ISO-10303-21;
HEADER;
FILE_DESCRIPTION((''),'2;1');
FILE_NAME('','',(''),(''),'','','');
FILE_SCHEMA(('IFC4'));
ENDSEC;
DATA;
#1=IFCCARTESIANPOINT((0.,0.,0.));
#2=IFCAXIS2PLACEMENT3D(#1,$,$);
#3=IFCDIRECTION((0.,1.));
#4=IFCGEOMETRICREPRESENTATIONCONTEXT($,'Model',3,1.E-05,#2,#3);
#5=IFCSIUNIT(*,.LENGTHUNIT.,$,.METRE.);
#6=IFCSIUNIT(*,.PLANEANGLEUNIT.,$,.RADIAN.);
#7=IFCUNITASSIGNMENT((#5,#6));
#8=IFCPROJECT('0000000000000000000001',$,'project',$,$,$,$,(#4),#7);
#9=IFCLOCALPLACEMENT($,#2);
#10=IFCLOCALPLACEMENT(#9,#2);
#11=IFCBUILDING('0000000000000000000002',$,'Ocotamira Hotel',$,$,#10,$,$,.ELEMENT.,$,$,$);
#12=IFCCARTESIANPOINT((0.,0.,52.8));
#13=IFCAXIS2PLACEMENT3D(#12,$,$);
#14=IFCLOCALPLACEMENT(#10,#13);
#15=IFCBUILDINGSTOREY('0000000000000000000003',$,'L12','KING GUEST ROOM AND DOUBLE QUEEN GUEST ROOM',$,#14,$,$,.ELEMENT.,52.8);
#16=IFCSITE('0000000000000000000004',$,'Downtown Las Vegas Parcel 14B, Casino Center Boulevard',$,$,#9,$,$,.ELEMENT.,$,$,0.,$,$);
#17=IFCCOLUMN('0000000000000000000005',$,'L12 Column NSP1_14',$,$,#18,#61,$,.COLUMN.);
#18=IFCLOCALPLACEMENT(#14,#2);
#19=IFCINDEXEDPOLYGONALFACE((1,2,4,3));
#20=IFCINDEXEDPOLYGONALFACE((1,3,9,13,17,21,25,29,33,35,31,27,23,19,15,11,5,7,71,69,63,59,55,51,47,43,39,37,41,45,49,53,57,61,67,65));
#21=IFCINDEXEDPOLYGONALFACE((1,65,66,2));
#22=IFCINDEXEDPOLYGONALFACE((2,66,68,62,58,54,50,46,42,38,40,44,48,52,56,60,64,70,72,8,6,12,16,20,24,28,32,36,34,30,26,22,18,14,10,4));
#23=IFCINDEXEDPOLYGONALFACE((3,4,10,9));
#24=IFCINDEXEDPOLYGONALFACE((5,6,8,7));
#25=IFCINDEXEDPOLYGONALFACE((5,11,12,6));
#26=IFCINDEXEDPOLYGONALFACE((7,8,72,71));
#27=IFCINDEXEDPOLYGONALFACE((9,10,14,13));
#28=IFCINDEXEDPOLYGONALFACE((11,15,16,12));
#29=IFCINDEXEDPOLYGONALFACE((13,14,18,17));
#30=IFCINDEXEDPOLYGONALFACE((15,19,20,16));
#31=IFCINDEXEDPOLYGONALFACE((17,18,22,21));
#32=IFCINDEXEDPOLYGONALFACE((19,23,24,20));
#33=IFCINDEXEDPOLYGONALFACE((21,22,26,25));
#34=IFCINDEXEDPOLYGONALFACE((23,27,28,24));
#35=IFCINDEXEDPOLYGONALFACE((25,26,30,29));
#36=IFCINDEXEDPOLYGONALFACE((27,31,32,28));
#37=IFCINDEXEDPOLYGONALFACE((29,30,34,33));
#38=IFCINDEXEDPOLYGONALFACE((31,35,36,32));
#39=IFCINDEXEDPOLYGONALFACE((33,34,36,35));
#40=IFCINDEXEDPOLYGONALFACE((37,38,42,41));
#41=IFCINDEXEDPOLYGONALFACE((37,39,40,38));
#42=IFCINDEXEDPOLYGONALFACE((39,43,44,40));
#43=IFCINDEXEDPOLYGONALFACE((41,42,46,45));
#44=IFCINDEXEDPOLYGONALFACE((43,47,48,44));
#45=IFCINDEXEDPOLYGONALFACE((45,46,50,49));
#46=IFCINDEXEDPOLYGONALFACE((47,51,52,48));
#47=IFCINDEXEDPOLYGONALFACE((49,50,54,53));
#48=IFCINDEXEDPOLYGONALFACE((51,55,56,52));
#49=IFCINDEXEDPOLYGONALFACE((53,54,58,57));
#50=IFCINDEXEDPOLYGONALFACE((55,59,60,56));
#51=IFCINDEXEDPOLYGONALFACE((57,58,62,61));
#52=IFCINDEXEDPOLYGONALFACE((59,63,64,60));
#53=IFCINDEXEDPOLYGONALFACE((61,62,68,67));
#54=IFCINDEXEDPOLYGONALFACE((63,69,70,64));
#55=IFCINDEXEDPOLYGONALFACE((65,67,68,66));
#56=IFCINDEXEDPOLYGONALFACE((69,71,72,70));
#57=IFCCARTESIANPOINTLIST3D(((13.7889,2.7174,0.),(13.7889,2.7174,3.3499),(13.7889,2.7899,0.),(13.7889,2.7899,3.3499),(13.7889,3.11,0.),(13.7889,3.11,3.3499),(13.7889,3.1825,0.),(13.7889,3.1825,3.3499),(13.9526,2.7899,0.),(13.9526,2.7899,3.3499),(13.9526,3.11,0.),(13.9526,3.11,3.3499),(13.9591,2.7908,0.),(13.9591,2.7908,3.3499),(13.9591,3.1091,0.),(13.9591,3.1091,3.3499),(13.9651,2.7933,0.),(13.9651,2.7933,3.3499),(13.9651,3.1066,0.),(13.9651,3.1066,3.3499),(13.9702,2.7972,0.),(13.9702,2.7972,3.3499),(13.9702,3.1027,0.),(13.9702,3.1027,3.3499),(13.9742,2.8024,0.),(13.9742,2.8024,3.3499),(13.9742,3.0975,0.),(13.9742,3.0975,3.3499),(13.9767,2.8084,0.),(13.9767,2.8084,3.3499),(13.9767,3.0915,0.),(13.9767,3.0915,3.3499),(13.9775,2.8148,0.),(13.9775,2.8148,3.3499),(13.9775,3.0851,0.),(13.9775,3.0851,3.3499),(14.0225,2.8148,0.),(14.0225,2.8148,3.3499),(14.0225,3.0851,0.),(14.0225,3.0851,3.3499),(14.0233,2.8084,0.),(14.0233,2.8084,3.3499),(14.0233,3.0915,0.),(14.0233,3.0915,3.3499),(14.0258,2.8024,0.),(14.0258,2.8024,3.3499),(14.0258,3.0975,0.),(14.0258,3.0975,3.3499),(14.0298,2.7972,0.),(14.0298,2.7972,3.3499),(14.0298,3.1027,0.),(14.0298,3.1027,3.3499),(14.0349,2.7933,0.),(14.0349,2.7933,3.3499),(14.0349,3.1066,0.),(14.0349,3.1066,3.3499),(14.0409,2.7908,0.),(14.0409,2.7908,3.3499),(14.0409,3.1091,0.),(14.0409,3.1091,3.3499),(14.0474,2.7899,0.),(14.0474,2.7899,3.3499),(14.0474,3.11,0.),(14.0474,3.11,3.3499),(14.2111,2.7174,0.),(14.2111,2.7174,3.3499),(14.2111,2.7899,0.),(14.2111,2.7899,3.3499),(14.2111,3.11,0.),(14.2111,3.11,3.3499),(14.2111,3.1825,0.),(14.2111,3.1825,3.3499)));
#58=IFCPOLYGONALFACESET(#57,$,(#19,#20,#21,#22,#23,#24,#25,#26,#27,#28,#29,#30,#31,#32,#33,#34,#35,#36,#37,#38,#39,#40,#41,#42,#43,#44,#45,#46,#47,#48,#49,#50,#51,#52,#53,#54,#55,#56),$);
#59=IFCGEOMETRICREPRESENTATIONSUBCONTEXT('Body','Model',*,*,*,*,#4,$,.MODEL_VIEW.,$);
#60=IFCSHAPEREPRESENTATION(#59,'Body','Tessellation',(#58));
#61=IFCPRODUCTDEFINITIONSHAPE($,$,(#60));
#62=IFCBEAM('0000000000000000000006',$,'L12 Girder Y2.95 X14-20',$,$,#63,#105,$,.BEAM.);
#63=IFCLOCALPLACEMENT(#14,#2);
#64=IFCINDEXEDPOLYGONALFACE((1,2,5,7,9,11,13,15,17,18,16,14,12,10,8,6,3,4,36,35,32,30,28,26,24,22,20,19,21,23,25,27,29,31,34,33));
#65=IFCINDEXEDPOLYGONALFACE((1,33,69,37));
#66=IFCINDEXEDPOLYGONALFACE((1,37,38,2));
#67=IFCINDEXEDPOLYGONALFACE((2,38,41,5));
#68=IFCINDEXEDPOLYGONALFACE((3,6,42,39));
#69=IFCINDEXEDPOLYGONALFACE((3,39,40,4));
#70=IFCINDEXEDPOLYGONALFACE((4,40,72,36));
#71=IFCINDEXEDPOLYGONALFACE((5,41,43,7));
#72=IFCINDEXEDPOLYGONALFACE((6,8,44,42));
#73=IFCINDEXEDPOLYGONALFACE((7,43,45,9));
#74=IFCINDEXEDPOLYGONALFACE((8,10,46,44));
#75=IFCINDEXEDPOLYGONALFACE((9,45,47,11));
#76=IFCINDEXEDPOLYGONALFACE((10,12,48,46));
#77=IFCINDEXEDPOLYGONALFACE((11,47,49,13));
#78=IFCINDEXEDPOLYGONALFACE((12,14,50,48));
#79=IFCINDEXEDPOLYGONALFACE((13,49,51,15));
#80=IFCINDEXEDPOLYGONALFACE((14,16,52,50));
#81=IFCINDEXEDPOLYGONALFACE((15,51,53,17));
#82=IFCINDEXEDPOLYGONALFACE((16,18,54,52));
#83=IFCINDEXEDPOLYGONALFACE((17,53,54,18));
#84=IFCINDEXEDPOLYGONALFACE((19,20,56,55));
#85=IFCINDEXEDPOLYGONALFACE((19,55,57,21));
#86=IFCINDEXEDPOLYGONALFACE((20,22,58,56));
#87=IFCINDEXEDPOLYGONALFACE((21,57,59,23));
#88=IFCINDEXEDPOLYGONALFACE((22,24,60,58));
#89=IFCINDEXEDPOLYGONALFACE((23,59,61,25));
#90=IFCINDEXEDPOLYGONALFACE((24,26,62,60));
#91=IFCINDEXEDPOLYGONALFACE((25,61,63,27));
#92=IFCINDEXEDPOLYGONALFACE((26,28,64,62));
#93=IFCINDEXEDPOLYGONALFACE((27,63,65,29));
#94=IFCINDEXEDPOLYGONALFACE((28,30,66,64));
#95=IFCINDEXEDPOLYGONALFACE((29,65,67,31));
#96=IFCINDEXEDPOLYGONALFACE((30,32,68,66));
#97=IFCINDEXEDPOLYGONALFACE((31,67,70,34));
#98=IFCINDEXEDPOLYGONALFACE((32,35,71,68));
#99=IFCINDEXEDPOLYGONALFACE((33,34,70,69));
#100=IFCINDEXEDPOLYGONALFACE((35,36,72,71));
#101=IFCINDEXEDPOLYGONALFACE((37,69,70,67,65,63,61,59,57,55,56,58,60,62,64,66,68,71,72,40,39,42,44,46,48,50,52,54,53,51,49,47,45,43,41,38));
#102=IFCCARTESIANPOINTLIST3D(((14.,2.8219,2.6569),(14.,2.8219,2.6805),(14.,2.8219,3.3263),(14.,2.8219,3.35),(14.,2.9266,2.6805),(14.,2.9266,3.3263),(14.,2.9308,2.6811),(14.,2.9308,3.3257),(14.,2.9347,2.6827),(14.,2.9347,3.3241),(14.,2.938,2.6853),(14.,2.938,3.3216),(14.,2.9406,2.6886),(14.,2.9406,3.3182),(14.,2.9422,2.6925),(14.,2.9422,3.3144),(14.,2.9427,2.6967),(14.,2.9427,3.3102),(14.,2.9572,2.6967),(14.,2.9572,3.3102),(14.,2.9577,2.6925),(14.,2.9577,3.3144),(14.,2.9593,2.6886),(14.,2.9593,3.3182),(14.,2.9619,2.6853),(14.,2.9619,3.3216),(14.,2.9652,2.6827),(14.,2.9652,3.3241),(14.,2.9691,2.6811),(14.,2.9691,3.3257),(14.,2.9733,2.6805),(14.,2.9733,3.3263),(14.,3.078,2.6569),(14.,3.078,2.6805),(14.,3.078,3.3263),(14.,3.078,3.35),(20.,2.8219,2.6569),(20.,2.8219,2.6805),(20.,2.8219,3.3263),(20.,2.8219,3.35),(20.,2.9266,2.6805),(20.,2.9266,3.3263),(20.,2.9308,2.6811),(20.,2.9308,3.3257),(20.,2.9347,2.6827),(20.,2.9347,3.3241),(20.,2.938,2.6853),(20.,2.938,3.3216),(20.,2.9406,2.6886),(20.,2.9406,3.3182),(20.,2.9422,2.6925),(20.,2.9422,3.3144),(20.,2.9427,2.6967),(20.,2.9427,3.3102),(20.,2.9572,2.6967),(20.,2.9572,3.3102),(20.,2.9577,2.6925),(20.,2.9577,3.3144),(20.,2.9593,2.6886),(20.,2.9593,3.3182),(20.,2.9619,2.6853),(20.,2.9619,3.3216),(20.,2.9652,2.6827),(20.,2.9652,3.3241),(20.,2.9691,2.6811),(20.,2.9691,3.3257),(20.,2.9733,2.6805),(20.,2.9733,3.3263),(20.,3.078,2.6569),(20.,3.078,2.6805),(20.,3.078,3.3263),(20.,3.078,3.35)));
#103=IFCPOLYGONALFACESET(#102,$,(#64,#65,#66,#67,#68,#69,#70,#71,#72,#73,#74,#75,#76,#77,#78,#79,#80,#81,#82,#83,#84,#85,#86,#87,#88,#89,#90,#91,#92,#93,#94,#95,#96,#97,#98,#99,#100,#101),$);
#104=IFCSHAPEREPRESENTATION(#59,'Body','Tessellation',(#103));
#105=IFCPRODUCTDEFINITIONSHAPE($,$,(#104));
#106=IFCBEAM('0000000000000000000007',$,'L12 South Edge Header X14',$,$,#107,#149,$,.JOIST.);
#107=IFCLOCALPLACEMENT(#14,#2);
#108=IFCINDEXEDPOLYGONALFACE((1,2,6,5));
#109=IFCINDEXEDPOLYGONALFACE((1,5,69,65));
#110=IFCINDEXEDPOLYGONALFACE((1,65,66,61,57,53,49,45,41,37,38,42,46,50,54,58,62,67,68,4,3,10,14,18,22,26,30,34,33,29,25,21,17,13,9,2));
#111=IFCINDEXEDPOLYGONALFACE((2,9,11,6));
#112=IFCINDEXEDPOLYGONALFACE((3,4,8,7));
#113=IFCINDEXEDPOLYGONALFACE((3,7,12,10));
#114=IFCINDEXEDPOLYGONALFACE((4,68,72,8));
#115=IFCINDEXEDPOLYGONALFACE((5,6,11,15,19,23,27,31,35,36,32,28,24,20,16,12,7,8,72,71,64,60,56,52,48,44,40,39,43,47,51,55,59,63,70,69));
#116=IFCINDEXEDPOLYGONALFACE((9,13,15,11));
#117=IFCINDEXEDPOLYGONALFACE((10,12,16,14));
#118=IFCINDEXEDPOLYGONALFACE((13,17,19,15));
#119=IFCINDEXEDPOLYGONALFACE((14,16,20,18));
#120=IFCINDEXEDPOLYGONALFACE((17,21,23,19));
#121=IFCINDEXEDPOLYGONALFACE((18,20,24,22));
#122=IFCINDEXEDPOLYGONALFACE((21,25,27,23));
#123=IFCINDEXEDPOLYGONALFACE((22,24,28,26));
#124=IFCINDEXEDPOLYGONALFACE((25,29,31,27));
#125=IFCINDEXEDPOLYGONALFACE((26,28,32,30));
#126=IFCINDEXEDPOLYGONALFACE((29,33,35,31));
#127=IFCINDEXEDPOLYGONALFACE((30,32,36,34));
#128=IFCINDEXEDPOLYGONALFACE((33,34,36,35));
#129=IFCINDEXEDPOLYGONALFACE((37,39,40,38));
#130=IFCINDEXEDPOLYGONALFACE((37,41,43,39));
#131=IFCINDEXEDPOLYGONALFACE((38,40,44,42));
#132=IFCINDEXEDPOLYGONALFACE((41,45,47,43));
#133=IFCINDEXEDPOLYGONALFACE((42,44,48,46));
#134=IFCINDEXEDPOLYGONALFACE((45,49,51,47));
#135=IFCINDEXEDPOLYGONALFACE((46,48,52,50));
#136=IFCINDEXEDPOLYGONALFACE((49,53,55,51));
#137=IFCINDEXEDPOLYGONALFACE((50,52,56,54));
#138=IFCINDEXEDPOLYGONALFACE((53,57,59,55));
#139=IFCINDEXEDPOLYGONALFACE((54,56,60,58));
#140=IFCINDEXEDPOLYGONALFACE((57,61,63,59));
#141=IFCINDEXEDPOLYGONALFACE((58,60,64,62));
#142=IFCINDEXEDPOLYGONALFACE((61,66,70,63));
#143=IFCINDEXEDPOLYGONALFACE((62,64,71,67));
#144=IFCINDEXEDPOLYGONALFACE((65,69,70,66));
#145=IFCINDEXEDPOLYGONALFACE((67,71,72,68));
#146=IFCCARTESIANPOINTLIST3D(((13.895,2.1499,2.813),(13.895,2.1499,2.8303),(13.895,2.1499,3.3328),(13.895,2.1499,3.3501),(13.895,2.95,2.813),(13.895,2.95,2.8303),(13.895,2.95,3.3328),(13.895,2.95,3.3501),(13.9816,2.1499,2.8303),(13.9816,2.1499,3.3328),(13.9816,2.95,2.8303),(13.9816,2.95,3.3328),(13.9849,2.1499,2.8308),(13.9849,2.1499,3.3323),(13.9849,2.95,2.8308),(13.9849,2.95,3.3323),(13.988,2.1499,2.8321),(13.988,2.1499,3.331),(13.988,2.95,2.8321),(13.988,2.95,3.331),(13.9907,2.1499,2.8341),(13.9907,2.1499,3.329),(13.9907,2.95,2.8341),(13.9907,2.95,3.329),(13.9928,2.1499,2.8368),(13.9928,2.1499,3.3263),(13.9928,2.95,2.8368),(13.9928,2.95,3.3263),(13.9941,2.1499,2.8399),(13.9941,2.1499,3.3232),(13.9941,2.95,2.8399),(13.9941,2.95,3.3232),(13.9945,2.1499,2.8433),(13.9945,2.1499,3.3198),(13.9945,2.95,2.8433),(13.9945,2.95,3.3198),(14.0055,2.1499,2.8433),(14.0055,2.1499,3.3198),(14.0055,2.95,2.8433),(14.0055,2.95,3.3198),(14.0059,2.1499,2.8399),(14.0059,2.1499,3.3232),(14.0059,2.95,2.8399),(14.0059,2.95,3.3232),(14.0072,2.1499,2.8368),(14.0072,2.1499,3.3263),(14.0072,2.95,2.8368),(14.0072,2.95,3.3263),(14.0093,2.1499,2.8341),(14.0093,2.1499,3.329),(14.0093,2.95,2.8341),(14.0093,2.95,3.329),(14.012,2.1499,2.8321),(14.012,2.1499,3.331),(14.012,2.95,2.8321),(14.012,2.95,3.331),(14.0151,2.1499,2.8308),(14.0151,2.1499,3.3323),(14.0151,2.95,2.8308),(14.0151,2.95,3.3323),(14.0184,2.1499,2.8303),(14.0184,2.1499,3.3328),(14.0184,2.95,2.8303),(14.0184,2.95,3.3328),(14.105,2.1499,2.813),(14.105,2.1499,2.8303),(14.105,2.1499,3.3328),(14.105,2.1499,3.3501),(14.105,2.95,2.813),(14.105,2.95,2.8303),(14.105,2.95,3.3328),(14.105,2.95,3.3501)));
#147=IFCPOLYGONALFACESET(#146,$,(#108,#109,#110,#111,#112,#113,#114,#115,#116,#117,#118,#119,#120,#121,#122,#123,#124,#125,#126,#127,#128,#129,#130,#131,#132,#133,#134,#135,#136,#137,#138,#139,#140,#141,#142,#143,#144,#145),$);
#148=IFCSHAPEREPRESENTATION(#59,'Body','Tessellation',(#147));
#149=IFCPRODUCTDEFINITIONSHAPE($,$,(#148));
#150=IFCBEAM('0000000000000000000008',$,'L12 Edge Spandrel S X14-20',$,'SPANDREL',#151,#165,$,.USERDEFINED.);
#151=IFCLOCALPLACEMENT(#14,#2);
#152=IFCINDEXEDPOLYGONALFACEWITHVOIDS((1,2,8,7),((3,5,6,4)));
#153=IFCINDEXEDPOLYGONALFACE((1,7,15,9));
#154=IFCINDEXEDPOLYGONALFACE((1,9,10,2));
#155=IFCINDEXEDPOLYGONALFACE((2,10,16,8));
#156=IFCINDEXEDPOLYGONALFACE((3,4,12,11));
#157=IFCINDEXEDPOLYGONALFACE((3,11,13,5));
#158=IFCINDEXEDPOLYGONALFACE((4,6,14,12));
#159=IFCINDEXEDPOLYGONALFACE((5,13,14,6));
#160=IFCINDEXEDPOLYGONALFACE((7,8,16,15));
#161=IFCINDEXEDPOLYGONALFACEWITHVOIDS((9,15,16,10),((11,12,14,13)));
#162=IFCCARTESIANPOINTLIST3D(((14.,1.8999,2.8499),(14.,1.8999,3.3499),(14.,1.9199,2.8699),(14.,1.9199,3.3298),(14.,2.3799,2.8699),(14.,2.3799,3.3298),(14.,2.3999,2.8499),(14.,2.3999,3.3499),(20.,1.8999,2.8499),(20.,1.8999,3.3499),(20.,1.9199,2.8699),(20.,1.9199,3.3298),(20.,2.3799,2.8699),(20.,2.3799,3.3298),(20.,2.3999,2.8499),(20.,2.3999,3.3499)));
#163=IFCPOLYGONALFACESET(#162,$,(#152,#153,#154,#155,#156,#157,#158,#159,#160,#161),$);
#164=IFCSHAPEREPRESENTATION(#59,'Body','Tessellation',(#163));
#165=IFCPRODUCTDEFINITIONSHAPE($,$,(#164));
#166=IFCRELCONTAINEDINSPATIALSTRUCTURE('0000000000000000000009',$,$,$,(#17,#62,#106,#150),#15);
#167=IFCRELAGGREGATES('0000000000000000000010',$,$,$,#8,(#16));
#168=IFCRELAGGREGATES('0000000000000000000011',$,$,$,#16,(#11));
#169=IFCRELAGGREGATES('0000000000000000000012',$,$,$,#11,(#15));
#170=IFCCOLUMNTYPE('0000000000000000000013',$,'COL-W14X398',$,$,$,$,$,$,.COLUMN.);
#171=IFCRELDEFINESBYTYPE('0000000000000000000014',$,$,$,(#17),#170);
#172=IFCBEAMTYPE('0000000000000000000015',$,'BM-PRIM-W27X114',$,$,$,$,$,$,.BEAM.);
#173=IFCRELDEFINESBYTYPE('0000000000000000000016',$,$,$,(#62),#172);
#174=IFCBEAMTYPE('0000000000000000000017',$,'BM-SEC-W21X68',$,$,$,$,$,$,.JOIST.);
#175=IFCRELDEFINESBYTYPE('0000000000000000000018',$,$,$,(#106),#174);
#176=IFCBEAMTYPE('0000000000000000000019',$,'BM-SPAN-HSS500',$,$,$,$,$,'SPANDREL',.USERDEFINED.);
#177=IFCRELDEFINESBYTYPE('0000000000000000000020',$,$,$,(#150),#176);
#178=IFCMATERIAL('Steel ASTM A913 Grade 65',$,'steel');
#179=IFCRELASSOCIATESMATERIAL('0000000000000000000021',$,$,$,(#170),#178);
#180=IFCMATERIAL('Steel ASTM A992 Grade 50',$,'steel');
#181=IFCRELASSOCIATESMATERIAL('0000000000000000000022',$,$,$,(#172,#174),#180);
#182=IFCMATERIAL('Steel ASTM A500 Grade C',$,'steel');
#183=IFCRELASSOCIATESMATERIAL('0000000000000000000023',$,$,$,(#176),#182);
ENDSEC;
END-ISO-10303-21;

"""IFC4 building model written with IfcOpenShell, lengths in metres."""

from ifc_helpers import new_model, si_unit, direction, frame, origin, origin_2d, place, context, subcontext, project, spatial, hollow_rectangle, i_section, extrude, source, transform, mapped, material, material_profile, profile_set, type_object, element, save


model = new_model("IFC4")

# Units and contexts
model_context = context("Model", 3, precision=1e-05, world=origin(), true_north=direction((0.0, 1.0)))
body_context = subcontext(model_context, "Body", "Model", "MODEL_VIEW")
ifc_project = project(units=[si_unit("LENGTHUNIT", "METRE"), si_unit("PLANEANGLEUNIT", "RADIAN")], contexts=[model_context])

# Site, building, storey
site_placement = place(None, origin())
site = spatial("IfcSite", under=ifc_project, at=site_placement, Name="Downtown Las Vegas Parcel 14B, Casino Center Boulevard", CompositionType="ELEMENT", RefElevation=0.0)
building_placement = place(site_placement, origin())
building = spatial("IfcBuilding", under=site, at=building_placement, Name="Ocotamira Hotel", CompositionType="ELEMENT")
storey_placement = place(building_placement, frame((0.0, 0.0, 52.8)))
storey = spatial("IfcBuildingStorey", under=building, at=storey_placement, Name="L12", Description="KING GUEST ROOM AND DOUBLE QUEEN GUEST ROOM", CompositionType="ELEMENT", Elevation=52.8)

# Column
ifc_material_1 = material(Name="Steel ASTM A913 Grade 65", Category="steel")
ifc_material_profile_1 = material_profile(ifc_material_1, i_section(OverallWidth=0.4221, OverallDepth=0.4651, WebThickness=0.0449, FlangeThickness=0.0725, FilletRadius=0.0249, at=origin_2d()), Name="W14X398")
ifc_profile_set_1 = profile_set([ifc_material_profile_1], Name="Steel ASTM A913 Grade 65")
column_type = type_object("IfcColumnType", Name="COL-W14X398", PredefinedType="COLUMN", material=ifc_profile_set_1)
shared_shape_1 = source(origin(), body_context, "Body", "SweptSolid", [
    extrude(i_section(OverallWidth=0.4221, OverallDepth=0.4651, WebThickness=0.0449, FlangeThickness=0.0725, FilletRadius=0.0249, at=origin_2d()), origin(), (0.0, 0.0, 1.0), 3.3499),
])
column_placement = place(storey_placement, frame((14.0, 2.95, 0.0), z_axis=(0.0, 0.0, 1.0), x_axis=(1.0, 0.0, 0.0)))
element("IfcColumn", 1, at=column_placement, inside=storey, type_object=column_type, Name="L12 Column NSP1_14", PredefinedType="COLUMN", context=body_context, shape_type="MappedRepresentation", body=[
    mapped(shared_shape_1, transform((0.0, 0.0, 0.0), scale=1.0)),
])

# Beams
ifc_material_2 = material(Name="Steel ASTM A992 Grade 50", Category="steel")
ifc_material_profile_2 = material_profile(ifc_material_2, i_section(OverallWidth=0.2561, OverallDepth=0.6931, WebThickness=0.0144, FlangeThickness=0.0237, FilletRadius=0.0161, at=origin_2d()), Name="W27X114")
ifc_profile_set_2 = profile_set([ifc_material_profile_2], Name="Steel ASTM A992 Grade 50")
beam_type_1 = type_object("IfcBeamType", Name="BM-PRIM-W27X114", PredefinedType="BEAM", material=ifc_profile_set_2)
shared_shape_2 = source(origin(), body_context, "Body", "SweptSolid", [
    extrude(i_section(OverallWidth=0.2561, OverallDepth=0.6931, WebThickness=0.0144, FlangeThickness=0.0237, FilletRadius=0.0161, at=origin_2d()), origin(), (0.0, 0.0, 1.0), 6.0),
])
beam_1_placement = place(storey_placement, frame((14.0, 2.95, 3.0034), z_axis=(1.0, 0.0, 0.0), x_axis=(0.0, 1.0, 0.0)))
element("IfcBeam", 2, at=beam_1_placement, inside=storey, type_object=beam_type_1, Name="L12 Girder Y2.95 X14-20", PredefinedType="BEAM", context=body_context, shape_type="MappedRepresentation", body=[
    mapped(shared_shape_2, transform((0.0, 0.0, 0.0), scale=1.0)),
])
ifc_material_profile_3 = material_profile(ifc_material_2, i_section(OverallWidth=0.21, OverallDepth=0.5371, WebThickness=0.011, FlangeThickness=0.0173, FilletRadius=0.0129, at=origin_2d()), Name="W21X68")
ifc_profile_set_3 = profile_set([ifc_material_profile_3], Name="Steel ASTM A992 Grade 50")
beam_type_2 = type_object("IfcBeamType", Name="BM-SEC-W21X68", PredefinedType="JOIST", material=ifc_profile_set_3)
shared_shape_3 = source(origin(), body_context, "Body", "SweptSolid", [
    extrude(i_section(OverallWidth=0.21, OverallDepth=0.5371, WebThickness=0.011, FlangeThickness=0.0173, FilletRadius=0.0129, at=origin_2d()), origin(), (0.0, 0.0, 1.0), 0.8),
])
beam_2_placement = place(storey_placement, frame((14.0, 2.95, 3.0815), z_axis=(0.0, -1.0, 0.0), x_axis=(1.0, 0.0, 0.0)))
element("IfcBeam", 3, at=beam_2_placement, inside=storey, type_object=beam_type_2, Name="L12 South Edge Header X14", PredefinedType="JOIST", context=body_context, shape_type="MappedRepresentation", body=[
    mapped(shared_shape_3, transform((0.0, 0.0, 0.0), scale=1.0)),
])
ifc_material_3 = material(Name="Steel ASTM A500 Grade C", Category="steel")
ifc_material_profile_4 = material_profile(ifc_material_3, hollow_rectangle(XDim=0.5, YDim=0.5, WallThickness=0.02, at=origin_2d()), Name="HSS500X500X20")
ifc_profile_set_4 = profile_set([ifc_material_profile_4], Name="Steel ASTM A500 Grade C")
beam_type_3 = type_object("IfcBeamType", Name="BM-SPAN-HSS500", ElementType="SPANDREL", PredefinedType="USERDEFINED", material=ifc_profile_set_4)
shared_shape_4 = source(origin(), body_context, "Body", "SweptSolid", [
    extrude(hollow_rectangle(XDim=0.5, YDim=0.5, WallThickness=0.02, at=origin_2d()), origin(), (0.0, 0.0, 1.0), 6.0),
])
beam_3_placement = place(storey_placement, frame((14.0, 2.1499, 3.0999), z_axis=(1.0, 0.0, 0.0), x_axis=(0.0, 1.0, 0.0)))
element("IfcBeam", 4, at=beam_3_placement, inside=storey, type_object=beam_type_3, Name="L12 Edge Spandrel S X14-20", ObjectType="SPANDREL", PredefinedType="USERDEFINED", context=body_context, shape_type="MappedRepresentation", body=[
    mapped(shared_shape_4, transform((0.0, 0.0, 0.0), scale=1.0)),
])

save(model, "model.ifc")
